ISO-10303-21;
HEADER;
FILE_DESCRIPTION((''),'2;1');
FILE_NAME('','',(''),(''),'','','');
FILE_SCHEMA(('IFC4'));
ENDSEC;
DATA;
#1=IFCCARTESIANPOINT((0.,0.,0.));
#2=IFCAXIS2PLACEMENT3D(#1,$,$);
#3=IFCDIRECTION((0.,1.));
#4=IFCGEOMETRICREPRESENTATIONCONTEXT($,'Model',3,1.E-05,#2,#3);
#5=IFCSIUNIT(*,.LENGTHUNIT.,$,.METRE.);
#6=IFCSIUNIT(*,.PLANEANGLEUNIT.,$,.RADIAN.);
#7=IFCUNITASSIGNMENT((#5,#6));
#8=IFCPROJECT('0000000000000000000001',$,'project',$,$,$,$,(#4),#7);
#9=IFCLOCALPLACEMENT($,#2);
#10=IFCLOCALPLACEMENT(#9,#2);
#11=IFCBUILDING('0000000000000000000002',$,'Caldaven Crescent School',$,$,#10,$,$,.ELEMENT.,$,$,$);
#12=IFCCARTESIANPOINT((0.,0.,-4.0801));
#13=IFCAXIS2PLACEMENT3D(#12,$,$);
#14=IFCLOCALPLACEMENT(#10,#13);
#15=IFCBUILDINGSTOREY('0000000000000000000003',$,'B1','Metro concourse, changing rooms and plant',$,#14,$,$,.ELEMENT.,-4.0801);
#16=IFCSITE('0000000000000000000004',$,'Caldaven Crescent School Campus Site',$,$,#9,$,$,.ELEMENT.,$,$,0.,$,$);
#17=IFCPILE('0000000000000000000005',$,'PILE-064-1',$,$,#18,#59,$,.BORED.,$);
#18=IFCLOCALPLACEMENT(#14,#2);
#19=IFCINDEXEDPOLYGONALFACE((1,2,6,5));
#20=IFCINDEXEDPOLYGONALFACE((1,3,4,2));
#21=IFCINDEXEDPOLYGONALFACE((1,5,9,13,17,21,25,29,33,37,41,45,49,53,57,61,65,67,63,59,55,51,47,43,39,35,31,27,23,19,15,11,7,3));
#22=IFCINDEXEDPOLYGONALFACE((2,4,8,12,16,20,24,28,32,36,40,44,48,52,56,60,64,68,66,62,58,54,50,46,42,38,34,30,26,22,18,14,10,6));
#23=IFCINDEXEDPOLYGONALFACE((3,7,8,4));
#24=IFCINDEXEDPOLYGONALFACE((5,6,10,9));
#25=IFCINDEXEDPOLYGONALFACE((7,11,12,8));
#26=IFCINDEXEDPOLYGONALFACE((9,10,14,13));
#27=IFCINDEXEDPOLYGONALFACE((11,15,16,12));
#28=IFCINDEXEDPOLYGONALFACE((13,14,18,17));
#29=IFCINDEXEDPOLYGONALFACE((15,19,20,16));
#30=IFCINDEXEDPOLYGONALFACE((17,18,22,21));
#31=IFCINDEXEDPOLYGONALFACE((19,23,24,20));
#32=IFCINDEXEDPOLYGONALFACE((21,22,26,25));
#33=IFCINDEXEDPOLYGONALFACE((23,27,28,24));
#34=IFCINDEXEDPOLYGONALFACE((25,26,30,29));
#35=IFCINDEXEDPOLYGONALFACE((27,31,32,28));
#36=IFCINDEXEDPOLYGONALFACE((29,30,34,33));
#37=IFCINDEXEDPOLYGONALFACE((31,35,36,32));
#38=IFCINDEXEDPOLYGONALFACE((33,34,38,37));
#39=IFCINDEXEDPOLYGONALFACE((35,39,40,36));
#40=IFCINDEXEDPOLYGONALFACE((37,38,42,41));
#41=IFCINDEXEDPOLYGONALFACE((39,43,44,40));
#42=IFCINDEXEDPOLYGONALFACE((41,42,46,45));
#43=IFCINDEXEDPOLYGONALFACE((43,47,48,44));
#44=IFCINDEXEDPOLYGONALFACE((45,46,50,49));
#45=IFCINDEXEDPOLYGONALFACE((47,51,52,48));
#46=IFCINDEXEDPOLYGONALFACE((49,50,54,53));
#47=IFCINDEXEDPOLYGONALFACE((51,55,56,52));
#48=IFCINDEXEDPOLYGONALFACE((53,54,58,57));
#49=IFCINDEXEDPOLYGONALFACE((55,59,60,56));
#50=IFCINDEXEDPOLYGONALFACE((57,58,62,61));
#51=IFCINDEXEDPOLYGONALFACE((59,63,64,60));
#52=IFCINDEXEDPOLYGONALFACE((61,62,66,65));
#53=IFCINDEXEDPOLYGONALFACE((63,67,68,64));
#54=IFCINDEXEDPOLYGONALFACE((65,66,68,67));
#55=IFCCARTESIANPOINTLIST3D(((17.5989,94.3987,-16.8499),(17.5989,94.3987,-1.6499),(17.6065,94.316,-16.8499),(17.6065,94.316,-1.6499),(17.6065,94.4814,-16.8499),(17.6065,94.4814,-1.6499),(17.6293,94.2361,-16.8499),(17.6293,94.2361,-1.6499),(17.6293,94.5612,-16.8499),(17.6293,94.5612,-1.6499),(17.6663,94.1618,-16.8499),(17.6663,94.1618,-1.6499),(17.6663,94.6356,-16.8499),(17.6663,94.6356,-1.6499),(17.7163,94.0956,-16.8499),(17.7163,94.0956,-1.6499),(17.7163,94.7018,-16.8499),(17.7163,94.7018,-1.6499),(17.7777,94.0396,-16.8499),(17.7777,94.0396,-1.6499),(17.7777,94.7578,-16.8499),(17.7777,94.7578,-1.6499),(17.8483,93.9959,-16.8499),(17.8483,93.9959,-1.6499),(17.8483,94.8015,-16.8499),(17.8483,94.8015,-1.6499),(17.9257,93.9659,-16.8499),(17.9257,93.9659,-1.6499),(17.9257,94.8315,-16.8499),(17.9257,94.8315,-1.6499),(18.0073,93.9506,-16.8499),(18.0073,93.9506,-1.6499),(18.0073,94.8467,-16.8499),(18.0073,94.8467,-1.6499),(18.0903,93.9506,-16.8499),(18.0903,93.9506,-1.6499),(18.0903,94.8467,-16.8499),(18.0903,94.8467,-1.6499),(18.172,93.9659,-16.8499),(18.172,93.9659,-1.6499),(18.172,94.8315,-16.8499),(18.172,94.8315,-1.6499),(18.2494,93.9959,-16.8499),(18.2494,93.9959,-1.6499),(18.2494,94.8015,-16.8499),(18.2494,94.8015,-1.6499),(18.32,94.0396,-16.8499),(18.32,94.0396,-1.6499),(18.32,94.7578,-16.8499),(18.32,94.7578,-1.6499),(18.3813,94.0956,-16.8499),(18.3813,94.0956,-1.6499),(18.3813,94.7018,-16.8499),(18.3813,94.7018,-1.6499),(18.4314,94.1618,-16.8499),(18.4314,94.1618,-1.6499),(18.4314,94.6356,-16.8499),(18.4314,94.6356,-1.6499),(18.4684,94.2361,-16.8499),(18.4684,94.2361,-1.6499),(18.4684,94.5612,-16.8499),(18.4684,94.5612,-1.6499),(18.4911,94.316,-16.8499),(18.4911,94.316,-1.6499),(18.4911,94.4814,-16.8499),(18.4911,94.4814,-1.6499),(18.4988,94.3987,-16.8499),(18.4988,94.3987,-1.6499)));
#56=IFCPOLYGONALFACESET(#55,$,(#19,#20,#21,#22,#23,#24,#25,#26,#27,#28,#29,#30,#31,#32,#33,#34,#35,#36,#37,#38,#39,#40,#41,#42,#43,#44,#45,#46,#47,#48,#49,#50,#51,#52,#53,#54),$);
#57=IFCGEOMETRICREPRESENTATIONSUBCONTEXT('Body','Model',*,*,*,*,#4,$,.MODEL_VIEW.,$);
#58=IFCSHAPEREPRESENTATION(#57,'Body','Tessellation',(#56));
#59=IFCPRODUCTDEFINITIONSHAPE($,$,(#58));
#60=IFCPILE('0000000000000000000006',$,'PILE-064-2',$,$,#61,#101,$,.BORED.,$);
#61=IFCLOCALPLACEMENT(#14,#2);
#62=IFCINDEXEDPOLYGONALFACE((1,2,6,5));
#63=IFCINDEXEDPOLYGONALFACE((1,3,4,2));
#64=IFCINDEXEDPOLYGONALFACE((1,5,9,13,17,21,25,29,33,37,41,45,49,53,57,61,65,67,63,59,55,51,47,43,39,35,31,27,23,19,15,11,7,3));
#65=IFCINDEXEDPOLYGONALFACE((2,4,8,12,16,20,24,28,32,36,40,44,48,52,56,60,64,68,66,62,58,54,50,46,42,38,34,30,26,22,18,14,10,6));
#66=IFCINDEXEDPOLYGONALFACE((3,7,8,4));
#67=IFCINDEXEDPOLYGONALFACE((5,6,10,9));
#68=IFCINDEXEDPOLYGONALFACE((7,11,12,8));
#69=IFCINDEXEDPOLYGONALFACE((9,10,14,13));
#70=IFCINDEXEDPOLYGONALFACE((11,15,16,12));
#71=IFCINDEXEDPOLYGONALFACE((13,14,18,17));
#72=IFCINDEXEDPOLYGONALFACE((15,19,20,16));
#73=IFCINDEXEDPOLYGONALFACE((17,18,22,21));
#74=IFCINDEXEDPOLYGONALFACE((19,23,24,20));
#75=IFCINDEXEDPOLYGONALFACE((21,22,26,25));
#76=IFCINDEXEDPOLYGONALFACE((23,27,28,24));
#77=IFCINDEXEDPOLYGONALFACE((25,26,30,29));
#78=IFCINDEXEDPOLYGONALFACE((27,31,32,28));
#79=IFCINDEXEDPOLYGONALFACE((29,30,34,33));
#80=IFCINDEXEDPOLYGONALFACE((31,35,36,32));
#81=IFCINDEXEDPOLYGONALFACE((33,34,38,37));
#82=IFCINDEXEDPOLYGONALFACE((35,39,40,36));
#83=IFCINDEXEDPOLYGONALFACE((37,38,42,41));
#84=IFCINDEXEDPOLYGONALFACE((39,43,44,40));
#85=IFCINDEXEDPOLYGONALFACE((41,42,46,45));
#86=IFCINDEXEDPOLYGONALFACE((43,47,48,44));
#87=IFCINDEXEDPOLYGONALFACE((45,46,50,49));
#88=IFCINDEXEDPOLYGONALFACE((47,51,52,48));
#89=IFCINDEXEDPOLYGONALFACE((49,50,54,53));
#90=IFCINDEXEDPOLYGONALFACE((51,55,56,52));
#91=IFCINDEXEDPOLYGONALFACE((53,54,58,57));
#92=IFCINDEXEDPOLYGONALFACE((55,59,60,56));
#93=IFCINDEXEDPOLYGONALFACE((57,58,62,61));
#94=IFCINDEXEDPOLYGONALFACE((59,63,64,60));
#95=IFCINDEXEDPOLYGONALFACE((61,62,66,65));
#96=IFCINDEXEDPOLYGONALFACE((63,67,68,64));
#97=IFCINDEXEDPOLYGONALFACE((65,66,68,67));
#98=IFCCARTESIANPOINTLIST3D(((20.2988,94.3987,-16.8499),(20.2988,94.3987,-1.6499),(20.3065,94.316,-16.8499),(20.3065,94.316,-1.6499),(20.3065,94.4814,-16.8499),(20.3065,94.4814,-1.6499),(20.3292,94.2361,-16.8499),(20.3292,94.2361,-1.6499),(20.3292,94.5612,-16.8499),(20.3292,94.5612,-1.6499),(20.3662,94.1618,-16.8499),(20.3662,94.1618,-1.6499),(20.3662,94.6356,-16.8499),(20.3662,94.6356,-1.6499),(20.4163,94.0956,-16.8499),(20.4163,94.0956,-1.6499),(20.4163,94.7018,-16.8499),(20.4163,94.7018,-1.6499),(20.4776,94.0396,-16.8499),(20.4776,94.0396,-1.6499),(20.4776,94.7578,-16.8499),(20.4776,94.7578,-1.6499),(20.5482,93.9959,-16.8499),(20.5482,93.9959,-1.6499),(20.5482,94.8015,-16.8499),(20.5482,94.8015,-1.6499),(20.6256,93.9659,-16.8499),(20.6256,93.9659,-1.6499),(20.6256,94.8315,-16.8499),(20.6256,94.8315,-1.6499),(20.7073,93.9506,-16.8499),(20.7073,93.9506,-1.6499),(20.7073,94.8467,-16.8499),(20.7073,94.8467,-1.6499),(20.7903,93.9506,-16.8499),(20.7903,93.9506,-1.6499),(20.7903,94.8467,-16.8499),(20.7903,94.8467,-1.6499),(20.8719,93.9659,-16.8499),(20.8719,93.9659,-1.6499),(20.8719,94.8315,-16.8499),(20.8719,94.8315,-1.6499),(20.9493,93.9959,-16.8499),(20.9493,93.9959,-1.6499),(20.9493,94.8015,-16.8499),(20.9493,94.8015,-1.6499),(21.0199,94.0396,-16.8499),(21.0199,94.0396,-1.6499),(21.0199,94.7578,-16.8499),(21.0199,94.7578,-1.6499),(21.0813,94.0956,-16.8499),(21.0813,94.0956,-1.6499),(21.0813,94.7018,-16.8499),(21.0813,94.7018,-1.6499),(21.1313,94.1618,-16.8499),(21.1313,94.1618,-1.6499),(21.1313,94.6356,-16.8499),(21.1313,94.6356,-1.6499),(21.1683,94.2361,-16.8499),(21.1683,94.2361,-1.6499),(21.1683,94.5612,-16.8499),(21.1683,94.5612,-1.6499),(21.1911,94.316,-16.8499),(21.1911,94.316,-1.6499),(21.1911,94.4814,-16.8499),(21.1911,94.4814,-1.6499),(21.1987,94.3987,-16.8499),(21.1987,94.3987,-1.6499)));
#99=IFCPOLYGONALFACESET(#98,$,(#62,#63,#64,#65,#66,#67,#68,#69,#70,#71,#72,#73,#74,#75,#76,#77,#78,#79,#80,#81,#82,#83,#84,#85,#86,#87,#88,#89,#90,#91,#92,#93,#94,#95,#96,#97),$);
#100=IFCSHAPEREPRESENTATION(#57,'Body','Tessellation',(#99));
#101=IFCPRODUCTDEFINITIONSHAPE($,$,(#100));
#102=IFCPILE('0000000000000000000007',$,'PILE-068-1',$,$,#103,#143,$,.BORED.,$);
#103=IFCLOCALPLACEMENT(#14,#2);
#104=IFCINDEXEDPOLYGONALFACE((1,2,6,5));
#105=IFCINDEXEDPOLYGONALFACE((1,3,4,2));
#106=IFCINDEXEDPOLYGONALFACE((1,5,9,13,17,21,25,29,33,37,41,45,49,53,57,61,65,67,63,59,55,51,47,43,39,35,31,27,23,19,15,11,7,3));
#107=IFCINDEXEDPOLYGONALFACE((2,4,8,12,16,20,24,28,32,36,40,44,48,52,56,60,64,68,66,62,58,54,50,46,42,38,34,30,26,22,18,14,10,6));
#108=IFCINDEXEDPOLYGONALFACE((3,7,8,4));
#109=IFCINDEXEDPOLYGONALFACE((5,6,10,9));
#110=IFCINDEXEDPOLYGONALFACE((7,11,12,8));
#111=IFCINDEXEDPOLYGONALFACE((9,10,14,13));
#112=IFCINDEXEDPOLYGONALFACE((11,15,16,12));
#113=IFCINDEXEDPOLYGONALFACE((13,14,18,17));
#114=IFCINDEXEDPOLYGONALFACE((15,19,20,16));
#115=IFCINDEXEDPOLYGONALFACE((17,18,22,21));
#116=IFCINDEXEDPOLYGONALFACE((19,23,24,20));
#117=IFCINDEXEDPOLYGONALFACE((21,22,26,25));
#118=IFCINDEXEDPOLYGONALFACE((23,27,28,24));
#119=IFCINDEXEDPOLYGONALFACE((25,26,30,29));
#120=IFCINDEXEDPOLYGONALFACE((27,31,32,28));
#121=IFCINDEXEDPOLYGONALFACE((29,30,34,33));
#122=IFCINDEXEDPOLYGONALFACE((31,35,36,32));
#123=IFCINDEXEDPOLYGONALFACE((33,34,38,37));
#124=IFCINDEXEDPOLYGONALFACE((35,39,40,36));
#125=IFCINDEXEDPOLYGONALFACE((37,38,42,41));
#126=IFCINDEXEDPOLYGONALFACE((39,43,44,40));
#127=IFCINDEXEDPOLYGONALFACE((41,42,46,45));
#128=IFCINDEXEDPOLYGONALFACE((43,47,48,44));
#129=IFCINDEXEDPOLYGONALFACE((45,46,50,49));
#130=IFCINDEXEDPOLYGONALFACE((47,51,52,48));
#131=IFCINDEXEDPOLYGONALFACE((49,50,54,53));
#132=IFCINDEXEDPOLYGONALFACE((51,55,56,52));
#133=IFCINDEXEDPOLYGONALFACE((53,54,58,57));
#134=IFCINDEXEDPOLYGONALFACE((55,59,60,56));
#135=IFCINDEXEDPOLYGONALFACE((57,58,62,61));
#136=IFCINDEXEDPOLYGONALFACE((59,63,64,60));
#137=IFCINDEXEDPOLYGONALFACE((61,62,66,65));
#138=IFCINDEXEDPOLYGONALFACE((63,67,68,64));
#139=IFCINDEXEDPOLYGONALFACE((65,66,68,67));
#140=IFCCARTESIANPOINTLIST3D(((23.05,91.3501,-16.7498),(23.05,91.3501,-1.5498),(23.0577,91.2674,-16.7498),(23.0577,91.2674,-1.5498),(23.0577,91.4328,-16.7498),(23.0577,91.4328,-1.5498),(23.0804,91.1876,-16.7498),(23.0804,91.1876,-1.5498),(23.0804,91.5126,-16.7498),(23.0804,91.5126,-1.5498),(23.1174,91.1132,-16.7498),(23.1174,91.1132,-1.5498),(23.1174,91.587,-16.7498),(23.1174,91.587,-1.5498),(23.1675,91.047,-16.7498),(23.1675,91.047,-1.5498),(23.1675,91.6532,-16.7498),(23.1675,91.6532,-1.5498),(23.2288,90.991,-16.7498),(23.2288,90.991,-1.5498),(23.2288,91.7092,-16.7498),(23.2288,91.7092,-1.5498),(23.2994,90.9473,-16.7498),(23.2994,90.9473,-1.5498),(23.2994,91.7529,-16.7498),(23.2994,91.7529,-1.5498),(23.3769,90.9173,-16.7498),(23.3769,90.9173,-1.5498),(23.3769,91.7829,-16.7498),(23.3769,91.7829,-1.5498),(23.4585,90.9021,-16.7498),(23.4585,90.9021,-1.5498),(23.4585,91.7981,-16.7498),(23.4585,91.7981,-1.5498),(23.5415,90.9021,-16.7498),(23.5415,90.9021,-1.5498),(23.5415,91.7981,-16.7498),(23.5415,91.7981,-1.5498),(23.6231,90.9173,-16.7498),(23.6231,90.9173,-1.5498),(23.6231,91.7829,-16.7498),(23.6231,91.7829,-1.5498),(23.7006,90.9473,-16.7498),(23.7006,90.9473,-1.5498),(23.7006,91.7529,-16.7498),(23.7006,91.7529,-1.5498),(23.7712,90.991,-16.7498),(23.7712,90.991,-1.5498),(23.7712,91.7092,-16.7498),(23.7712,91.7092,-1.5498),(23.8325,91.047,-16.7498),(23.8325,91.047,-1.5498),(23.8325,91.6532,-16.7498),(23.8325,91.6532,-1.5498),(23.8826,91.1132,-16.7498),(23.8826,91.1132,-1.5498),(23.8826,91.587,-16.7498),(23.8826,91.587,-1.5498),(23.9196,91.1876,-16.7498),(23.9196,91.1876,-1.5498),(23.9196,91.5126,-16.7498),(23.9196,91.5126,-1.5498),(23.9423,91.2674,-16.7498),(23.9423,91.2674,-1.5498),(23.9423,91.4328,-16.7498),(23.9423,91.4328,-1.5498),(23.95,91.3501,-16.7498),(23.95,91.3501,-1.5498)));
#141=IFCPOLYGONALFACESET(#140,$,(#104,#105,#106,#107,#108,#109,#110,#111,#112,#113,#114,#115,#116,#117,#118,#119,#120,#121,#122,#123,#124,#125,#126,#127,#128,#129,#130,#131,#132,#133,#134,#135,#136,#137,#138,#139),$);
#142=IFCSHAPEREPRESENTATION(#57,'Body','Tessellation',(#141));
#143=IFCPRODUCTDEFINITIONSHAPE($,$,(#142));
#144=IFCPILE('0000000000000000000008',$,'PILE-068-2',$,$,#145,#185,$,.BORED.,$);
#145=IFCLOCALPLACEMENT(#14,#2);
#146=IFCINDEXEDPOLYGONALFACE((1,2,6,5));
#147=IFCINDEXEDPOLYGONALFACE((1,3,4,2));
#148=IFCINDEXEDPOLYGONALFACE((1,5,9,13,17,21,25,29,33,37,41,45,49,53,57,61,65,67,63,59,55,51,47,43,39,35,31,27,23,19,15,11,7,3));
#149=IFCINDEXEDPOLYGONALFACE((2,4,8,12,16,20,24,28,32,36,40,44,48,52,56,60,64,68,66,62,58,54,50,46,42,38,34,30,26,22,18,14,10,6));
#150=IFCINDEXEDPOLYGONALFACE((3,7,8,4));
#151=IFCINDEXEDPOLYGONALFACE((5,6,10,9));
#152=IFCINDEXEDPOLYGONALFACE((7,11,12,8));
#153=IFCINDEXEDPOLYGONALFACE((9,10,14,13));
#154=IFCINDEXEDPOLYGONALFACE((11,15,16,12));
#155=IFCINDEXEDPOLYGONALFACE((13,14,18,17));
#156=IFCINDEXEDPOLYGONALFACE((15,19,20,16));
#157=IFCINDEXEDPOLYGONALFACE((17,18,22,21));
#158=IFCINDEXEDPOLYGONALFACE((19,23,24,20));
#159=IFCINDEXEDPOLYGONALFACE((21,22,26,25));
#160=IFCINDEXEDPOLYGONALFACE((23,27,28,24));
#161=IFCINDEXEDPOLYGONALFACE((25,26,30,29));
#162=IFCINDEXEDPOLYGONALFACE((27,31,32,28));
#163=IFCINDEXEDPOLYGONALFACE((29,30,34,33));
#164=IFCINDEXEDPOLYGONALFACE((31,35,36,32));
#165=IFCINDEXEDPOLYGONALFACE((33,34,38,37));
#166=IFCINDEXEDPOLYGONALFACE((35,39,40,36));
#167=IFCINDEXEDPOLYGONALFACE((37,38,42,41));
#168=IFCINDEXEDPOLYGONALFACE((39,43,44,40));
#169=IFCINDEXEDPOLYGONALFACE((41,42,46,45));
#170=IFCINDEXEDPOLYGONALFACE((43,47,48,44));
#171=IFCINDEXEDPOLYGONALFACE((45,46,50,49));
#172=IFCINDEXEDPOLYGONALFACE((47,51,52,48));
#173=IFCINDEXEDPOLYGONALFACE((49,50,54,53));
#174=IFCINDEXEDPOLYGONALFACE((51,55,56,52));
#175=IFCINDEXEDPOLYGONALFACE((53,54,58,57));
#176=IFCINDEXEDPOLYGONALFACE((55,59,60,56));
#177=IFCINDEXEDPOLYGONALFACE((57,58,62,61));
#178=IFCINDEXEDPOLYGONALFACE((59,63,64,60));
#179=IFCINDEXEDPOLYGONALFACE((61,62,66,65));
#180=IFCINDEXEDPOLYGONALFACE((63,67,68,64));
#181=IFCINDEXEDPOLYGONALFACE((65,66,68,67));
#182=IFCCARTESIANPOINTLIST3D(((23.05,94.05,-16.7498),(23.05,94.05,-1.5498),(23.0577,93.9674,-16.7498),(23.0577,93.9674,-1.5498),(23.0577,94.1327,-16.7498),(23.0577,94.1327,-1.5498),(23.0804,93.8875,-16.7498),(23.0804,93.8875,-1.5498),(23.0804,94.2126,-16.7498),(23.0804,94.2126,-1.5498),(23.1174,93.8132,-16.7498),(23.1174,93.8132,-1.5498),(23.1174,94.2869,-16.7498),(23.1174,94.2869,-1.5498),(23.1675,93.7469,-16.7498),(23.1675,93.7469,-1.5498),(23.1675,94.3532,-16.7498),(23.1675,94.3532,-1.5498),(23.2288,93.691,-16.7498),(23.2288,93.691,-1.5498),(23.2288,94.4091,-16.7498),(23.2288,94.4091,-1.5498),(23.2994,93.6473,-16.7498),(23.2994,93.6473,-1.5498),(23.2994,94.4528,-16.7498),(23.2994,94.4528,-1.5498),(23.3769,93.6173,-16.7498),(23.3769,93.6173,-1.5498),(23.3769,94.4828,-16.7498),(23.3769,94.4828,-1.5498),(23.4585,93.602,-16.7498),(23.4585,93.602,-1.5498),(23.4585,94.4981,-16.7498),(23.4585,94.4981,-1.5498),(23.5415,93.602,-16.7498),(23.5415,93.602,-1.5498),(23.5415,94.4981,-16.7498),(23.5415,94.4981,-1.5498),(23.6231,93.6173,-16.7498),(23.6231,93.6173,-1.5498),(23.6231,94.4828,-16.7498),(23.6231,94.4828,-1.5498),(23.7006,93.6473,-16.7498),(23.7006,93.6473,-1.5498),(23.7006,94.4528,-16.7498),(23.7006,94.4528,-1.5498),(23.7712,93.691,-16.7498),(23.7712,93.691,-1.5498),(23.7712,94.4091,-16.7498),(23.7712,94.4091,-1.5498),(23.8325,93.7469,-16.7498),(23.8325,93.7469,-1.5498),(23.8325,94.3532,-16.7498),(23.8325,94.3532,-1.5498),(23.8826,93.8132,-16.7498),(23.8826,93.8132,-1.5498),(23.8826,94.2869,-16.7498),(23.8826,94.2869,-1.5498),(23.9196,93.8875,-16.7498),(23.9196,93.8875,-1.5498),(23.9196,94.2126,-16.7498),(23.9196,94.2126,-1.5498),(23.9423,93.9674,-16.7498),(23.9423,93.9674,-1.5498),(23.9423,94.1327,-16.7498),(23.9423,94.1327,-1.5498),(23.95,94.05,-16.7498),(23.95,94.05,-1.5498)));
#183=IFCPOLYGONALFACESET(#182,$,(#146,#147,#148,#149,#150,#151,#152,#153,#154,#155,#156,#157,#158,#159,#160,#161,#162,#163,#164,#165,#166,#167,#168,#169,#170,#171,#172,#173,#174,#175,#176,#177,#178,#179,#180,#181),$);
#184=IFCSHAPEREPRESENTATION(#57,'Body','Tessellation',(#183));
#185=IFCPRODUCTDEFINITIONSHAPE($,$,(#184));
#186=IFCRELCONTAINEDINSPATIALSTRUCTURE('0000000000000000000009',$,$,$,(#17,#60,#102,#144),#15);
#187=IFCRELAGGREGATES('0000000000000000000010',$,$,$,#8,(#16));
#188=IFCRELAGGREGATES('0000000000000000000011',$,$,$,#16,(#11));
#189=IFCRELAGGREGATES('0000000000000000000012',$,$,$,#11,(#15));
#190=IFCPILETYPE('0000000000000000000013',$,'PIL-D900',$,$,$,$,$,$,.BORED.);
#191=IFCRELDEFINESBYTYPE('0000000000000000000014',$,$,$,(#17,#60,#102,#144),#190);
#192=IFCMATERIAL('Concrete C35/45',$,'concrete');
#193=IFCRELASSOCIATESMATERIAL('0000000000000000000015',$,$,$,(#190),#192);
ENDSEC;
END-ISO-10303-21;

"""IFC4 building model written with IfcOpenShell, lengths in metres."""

from ifc_helpers import new_model, si_unit, direction, frame, origin, origin_2d, place, context, subcontext, project, spatial, circle, extrude, material, material_profile, profile_set, type_object, element, save


model = new_model("IFC4")

# Units and contexts
model_context = context("Model", 3, precision=1e-05, world=origin(), true_north=direction((0.0, 1.0)))
body_context = subcontext(model_context, "Body", "Model", "MODEL_VIEW")
ifc_project = project(units=[si_unit("LENGTHUNIT", "METRE"), si_unit("PLANEANGLEUNIT", "RADIAN")], contexts=[model_context])

# Site, building, storey
site_placement = place(None, origin())
site = spatial("IfcSite", under=ifc_project, at=site_placement, Name="Caldaven Crescent School Campus Site", CompositionType="ELEMENT", RefElevation=0.0)
building_placement = place(site_placement, origin())
building = spatial("IfcBuilding", under=site, at=building_placement, Name="Caldaven Crescent School", CompositionType="ELEMENT")
storey_placement = place(building_placement, frame((0.0, 0.0, -4.0801)))
storey = spatial("IfcBuildingStorey", under=building, at=storey_placement, Name="B1", Description="Metro concourse, changing rooms and plant", CompositionType="ELEMENT", Elevation=-4.0801)

# Shared definitions
ifc_material_1 = material(Name="Concrete C35/45", Category="concrete")

# Piles
ifc_material_profile_1 = material_profile(ifc_material_1, circle(Radius=0.45, at=origin_2d()), Name="PILE D900")
ifc_profile_set_1 = profile_set([ifc_material_profile_1], Name="Concrete C35/45")
pile_type = type_object("IfcPileType", Name="PIL-D900", PredefinedType="BORED", material=ifc_profile_set_1)
for number, where, z_axis, x_axis, name in (
    (1, (18.0488, 94.3987, -1.6499), (0.0, 0.0, -1.0), (1.0, 0.0, 0.0), "PILE-064-1"),
    (2, (20.7488, 94.3987, -1.6499), (0.0, 0.0, -1.0), (1.0, 0.0, 0.0), "PILE-064-2"),
    (3, (23.5, 91.3501, -1.5498), (0.0, 0.0, -1.0), (1.0, 0.0, 0.0), "PILE-068-1"),
    (4, (23.5, 94.05, -1.5498), (0.0, 0.0, -1.0), (1.0, 0.0, 0.0), "PILE-068-2"),
):
    element("IfcPile", number, at=place(storey_placement, frame(where, z_axis=z_axis, x_axis=x_axis)), inside=storey, type_object=pile_type, Name=name, PredefinedType="BORED", context=body_context, shape_type="SweptSolid", body=[
        extrude(circle(Radius=0.45, at=origin_2d()), origin(), (0.0, 0.0, 1.0), 15.2),
    ])

save(model, "model.ifc")
